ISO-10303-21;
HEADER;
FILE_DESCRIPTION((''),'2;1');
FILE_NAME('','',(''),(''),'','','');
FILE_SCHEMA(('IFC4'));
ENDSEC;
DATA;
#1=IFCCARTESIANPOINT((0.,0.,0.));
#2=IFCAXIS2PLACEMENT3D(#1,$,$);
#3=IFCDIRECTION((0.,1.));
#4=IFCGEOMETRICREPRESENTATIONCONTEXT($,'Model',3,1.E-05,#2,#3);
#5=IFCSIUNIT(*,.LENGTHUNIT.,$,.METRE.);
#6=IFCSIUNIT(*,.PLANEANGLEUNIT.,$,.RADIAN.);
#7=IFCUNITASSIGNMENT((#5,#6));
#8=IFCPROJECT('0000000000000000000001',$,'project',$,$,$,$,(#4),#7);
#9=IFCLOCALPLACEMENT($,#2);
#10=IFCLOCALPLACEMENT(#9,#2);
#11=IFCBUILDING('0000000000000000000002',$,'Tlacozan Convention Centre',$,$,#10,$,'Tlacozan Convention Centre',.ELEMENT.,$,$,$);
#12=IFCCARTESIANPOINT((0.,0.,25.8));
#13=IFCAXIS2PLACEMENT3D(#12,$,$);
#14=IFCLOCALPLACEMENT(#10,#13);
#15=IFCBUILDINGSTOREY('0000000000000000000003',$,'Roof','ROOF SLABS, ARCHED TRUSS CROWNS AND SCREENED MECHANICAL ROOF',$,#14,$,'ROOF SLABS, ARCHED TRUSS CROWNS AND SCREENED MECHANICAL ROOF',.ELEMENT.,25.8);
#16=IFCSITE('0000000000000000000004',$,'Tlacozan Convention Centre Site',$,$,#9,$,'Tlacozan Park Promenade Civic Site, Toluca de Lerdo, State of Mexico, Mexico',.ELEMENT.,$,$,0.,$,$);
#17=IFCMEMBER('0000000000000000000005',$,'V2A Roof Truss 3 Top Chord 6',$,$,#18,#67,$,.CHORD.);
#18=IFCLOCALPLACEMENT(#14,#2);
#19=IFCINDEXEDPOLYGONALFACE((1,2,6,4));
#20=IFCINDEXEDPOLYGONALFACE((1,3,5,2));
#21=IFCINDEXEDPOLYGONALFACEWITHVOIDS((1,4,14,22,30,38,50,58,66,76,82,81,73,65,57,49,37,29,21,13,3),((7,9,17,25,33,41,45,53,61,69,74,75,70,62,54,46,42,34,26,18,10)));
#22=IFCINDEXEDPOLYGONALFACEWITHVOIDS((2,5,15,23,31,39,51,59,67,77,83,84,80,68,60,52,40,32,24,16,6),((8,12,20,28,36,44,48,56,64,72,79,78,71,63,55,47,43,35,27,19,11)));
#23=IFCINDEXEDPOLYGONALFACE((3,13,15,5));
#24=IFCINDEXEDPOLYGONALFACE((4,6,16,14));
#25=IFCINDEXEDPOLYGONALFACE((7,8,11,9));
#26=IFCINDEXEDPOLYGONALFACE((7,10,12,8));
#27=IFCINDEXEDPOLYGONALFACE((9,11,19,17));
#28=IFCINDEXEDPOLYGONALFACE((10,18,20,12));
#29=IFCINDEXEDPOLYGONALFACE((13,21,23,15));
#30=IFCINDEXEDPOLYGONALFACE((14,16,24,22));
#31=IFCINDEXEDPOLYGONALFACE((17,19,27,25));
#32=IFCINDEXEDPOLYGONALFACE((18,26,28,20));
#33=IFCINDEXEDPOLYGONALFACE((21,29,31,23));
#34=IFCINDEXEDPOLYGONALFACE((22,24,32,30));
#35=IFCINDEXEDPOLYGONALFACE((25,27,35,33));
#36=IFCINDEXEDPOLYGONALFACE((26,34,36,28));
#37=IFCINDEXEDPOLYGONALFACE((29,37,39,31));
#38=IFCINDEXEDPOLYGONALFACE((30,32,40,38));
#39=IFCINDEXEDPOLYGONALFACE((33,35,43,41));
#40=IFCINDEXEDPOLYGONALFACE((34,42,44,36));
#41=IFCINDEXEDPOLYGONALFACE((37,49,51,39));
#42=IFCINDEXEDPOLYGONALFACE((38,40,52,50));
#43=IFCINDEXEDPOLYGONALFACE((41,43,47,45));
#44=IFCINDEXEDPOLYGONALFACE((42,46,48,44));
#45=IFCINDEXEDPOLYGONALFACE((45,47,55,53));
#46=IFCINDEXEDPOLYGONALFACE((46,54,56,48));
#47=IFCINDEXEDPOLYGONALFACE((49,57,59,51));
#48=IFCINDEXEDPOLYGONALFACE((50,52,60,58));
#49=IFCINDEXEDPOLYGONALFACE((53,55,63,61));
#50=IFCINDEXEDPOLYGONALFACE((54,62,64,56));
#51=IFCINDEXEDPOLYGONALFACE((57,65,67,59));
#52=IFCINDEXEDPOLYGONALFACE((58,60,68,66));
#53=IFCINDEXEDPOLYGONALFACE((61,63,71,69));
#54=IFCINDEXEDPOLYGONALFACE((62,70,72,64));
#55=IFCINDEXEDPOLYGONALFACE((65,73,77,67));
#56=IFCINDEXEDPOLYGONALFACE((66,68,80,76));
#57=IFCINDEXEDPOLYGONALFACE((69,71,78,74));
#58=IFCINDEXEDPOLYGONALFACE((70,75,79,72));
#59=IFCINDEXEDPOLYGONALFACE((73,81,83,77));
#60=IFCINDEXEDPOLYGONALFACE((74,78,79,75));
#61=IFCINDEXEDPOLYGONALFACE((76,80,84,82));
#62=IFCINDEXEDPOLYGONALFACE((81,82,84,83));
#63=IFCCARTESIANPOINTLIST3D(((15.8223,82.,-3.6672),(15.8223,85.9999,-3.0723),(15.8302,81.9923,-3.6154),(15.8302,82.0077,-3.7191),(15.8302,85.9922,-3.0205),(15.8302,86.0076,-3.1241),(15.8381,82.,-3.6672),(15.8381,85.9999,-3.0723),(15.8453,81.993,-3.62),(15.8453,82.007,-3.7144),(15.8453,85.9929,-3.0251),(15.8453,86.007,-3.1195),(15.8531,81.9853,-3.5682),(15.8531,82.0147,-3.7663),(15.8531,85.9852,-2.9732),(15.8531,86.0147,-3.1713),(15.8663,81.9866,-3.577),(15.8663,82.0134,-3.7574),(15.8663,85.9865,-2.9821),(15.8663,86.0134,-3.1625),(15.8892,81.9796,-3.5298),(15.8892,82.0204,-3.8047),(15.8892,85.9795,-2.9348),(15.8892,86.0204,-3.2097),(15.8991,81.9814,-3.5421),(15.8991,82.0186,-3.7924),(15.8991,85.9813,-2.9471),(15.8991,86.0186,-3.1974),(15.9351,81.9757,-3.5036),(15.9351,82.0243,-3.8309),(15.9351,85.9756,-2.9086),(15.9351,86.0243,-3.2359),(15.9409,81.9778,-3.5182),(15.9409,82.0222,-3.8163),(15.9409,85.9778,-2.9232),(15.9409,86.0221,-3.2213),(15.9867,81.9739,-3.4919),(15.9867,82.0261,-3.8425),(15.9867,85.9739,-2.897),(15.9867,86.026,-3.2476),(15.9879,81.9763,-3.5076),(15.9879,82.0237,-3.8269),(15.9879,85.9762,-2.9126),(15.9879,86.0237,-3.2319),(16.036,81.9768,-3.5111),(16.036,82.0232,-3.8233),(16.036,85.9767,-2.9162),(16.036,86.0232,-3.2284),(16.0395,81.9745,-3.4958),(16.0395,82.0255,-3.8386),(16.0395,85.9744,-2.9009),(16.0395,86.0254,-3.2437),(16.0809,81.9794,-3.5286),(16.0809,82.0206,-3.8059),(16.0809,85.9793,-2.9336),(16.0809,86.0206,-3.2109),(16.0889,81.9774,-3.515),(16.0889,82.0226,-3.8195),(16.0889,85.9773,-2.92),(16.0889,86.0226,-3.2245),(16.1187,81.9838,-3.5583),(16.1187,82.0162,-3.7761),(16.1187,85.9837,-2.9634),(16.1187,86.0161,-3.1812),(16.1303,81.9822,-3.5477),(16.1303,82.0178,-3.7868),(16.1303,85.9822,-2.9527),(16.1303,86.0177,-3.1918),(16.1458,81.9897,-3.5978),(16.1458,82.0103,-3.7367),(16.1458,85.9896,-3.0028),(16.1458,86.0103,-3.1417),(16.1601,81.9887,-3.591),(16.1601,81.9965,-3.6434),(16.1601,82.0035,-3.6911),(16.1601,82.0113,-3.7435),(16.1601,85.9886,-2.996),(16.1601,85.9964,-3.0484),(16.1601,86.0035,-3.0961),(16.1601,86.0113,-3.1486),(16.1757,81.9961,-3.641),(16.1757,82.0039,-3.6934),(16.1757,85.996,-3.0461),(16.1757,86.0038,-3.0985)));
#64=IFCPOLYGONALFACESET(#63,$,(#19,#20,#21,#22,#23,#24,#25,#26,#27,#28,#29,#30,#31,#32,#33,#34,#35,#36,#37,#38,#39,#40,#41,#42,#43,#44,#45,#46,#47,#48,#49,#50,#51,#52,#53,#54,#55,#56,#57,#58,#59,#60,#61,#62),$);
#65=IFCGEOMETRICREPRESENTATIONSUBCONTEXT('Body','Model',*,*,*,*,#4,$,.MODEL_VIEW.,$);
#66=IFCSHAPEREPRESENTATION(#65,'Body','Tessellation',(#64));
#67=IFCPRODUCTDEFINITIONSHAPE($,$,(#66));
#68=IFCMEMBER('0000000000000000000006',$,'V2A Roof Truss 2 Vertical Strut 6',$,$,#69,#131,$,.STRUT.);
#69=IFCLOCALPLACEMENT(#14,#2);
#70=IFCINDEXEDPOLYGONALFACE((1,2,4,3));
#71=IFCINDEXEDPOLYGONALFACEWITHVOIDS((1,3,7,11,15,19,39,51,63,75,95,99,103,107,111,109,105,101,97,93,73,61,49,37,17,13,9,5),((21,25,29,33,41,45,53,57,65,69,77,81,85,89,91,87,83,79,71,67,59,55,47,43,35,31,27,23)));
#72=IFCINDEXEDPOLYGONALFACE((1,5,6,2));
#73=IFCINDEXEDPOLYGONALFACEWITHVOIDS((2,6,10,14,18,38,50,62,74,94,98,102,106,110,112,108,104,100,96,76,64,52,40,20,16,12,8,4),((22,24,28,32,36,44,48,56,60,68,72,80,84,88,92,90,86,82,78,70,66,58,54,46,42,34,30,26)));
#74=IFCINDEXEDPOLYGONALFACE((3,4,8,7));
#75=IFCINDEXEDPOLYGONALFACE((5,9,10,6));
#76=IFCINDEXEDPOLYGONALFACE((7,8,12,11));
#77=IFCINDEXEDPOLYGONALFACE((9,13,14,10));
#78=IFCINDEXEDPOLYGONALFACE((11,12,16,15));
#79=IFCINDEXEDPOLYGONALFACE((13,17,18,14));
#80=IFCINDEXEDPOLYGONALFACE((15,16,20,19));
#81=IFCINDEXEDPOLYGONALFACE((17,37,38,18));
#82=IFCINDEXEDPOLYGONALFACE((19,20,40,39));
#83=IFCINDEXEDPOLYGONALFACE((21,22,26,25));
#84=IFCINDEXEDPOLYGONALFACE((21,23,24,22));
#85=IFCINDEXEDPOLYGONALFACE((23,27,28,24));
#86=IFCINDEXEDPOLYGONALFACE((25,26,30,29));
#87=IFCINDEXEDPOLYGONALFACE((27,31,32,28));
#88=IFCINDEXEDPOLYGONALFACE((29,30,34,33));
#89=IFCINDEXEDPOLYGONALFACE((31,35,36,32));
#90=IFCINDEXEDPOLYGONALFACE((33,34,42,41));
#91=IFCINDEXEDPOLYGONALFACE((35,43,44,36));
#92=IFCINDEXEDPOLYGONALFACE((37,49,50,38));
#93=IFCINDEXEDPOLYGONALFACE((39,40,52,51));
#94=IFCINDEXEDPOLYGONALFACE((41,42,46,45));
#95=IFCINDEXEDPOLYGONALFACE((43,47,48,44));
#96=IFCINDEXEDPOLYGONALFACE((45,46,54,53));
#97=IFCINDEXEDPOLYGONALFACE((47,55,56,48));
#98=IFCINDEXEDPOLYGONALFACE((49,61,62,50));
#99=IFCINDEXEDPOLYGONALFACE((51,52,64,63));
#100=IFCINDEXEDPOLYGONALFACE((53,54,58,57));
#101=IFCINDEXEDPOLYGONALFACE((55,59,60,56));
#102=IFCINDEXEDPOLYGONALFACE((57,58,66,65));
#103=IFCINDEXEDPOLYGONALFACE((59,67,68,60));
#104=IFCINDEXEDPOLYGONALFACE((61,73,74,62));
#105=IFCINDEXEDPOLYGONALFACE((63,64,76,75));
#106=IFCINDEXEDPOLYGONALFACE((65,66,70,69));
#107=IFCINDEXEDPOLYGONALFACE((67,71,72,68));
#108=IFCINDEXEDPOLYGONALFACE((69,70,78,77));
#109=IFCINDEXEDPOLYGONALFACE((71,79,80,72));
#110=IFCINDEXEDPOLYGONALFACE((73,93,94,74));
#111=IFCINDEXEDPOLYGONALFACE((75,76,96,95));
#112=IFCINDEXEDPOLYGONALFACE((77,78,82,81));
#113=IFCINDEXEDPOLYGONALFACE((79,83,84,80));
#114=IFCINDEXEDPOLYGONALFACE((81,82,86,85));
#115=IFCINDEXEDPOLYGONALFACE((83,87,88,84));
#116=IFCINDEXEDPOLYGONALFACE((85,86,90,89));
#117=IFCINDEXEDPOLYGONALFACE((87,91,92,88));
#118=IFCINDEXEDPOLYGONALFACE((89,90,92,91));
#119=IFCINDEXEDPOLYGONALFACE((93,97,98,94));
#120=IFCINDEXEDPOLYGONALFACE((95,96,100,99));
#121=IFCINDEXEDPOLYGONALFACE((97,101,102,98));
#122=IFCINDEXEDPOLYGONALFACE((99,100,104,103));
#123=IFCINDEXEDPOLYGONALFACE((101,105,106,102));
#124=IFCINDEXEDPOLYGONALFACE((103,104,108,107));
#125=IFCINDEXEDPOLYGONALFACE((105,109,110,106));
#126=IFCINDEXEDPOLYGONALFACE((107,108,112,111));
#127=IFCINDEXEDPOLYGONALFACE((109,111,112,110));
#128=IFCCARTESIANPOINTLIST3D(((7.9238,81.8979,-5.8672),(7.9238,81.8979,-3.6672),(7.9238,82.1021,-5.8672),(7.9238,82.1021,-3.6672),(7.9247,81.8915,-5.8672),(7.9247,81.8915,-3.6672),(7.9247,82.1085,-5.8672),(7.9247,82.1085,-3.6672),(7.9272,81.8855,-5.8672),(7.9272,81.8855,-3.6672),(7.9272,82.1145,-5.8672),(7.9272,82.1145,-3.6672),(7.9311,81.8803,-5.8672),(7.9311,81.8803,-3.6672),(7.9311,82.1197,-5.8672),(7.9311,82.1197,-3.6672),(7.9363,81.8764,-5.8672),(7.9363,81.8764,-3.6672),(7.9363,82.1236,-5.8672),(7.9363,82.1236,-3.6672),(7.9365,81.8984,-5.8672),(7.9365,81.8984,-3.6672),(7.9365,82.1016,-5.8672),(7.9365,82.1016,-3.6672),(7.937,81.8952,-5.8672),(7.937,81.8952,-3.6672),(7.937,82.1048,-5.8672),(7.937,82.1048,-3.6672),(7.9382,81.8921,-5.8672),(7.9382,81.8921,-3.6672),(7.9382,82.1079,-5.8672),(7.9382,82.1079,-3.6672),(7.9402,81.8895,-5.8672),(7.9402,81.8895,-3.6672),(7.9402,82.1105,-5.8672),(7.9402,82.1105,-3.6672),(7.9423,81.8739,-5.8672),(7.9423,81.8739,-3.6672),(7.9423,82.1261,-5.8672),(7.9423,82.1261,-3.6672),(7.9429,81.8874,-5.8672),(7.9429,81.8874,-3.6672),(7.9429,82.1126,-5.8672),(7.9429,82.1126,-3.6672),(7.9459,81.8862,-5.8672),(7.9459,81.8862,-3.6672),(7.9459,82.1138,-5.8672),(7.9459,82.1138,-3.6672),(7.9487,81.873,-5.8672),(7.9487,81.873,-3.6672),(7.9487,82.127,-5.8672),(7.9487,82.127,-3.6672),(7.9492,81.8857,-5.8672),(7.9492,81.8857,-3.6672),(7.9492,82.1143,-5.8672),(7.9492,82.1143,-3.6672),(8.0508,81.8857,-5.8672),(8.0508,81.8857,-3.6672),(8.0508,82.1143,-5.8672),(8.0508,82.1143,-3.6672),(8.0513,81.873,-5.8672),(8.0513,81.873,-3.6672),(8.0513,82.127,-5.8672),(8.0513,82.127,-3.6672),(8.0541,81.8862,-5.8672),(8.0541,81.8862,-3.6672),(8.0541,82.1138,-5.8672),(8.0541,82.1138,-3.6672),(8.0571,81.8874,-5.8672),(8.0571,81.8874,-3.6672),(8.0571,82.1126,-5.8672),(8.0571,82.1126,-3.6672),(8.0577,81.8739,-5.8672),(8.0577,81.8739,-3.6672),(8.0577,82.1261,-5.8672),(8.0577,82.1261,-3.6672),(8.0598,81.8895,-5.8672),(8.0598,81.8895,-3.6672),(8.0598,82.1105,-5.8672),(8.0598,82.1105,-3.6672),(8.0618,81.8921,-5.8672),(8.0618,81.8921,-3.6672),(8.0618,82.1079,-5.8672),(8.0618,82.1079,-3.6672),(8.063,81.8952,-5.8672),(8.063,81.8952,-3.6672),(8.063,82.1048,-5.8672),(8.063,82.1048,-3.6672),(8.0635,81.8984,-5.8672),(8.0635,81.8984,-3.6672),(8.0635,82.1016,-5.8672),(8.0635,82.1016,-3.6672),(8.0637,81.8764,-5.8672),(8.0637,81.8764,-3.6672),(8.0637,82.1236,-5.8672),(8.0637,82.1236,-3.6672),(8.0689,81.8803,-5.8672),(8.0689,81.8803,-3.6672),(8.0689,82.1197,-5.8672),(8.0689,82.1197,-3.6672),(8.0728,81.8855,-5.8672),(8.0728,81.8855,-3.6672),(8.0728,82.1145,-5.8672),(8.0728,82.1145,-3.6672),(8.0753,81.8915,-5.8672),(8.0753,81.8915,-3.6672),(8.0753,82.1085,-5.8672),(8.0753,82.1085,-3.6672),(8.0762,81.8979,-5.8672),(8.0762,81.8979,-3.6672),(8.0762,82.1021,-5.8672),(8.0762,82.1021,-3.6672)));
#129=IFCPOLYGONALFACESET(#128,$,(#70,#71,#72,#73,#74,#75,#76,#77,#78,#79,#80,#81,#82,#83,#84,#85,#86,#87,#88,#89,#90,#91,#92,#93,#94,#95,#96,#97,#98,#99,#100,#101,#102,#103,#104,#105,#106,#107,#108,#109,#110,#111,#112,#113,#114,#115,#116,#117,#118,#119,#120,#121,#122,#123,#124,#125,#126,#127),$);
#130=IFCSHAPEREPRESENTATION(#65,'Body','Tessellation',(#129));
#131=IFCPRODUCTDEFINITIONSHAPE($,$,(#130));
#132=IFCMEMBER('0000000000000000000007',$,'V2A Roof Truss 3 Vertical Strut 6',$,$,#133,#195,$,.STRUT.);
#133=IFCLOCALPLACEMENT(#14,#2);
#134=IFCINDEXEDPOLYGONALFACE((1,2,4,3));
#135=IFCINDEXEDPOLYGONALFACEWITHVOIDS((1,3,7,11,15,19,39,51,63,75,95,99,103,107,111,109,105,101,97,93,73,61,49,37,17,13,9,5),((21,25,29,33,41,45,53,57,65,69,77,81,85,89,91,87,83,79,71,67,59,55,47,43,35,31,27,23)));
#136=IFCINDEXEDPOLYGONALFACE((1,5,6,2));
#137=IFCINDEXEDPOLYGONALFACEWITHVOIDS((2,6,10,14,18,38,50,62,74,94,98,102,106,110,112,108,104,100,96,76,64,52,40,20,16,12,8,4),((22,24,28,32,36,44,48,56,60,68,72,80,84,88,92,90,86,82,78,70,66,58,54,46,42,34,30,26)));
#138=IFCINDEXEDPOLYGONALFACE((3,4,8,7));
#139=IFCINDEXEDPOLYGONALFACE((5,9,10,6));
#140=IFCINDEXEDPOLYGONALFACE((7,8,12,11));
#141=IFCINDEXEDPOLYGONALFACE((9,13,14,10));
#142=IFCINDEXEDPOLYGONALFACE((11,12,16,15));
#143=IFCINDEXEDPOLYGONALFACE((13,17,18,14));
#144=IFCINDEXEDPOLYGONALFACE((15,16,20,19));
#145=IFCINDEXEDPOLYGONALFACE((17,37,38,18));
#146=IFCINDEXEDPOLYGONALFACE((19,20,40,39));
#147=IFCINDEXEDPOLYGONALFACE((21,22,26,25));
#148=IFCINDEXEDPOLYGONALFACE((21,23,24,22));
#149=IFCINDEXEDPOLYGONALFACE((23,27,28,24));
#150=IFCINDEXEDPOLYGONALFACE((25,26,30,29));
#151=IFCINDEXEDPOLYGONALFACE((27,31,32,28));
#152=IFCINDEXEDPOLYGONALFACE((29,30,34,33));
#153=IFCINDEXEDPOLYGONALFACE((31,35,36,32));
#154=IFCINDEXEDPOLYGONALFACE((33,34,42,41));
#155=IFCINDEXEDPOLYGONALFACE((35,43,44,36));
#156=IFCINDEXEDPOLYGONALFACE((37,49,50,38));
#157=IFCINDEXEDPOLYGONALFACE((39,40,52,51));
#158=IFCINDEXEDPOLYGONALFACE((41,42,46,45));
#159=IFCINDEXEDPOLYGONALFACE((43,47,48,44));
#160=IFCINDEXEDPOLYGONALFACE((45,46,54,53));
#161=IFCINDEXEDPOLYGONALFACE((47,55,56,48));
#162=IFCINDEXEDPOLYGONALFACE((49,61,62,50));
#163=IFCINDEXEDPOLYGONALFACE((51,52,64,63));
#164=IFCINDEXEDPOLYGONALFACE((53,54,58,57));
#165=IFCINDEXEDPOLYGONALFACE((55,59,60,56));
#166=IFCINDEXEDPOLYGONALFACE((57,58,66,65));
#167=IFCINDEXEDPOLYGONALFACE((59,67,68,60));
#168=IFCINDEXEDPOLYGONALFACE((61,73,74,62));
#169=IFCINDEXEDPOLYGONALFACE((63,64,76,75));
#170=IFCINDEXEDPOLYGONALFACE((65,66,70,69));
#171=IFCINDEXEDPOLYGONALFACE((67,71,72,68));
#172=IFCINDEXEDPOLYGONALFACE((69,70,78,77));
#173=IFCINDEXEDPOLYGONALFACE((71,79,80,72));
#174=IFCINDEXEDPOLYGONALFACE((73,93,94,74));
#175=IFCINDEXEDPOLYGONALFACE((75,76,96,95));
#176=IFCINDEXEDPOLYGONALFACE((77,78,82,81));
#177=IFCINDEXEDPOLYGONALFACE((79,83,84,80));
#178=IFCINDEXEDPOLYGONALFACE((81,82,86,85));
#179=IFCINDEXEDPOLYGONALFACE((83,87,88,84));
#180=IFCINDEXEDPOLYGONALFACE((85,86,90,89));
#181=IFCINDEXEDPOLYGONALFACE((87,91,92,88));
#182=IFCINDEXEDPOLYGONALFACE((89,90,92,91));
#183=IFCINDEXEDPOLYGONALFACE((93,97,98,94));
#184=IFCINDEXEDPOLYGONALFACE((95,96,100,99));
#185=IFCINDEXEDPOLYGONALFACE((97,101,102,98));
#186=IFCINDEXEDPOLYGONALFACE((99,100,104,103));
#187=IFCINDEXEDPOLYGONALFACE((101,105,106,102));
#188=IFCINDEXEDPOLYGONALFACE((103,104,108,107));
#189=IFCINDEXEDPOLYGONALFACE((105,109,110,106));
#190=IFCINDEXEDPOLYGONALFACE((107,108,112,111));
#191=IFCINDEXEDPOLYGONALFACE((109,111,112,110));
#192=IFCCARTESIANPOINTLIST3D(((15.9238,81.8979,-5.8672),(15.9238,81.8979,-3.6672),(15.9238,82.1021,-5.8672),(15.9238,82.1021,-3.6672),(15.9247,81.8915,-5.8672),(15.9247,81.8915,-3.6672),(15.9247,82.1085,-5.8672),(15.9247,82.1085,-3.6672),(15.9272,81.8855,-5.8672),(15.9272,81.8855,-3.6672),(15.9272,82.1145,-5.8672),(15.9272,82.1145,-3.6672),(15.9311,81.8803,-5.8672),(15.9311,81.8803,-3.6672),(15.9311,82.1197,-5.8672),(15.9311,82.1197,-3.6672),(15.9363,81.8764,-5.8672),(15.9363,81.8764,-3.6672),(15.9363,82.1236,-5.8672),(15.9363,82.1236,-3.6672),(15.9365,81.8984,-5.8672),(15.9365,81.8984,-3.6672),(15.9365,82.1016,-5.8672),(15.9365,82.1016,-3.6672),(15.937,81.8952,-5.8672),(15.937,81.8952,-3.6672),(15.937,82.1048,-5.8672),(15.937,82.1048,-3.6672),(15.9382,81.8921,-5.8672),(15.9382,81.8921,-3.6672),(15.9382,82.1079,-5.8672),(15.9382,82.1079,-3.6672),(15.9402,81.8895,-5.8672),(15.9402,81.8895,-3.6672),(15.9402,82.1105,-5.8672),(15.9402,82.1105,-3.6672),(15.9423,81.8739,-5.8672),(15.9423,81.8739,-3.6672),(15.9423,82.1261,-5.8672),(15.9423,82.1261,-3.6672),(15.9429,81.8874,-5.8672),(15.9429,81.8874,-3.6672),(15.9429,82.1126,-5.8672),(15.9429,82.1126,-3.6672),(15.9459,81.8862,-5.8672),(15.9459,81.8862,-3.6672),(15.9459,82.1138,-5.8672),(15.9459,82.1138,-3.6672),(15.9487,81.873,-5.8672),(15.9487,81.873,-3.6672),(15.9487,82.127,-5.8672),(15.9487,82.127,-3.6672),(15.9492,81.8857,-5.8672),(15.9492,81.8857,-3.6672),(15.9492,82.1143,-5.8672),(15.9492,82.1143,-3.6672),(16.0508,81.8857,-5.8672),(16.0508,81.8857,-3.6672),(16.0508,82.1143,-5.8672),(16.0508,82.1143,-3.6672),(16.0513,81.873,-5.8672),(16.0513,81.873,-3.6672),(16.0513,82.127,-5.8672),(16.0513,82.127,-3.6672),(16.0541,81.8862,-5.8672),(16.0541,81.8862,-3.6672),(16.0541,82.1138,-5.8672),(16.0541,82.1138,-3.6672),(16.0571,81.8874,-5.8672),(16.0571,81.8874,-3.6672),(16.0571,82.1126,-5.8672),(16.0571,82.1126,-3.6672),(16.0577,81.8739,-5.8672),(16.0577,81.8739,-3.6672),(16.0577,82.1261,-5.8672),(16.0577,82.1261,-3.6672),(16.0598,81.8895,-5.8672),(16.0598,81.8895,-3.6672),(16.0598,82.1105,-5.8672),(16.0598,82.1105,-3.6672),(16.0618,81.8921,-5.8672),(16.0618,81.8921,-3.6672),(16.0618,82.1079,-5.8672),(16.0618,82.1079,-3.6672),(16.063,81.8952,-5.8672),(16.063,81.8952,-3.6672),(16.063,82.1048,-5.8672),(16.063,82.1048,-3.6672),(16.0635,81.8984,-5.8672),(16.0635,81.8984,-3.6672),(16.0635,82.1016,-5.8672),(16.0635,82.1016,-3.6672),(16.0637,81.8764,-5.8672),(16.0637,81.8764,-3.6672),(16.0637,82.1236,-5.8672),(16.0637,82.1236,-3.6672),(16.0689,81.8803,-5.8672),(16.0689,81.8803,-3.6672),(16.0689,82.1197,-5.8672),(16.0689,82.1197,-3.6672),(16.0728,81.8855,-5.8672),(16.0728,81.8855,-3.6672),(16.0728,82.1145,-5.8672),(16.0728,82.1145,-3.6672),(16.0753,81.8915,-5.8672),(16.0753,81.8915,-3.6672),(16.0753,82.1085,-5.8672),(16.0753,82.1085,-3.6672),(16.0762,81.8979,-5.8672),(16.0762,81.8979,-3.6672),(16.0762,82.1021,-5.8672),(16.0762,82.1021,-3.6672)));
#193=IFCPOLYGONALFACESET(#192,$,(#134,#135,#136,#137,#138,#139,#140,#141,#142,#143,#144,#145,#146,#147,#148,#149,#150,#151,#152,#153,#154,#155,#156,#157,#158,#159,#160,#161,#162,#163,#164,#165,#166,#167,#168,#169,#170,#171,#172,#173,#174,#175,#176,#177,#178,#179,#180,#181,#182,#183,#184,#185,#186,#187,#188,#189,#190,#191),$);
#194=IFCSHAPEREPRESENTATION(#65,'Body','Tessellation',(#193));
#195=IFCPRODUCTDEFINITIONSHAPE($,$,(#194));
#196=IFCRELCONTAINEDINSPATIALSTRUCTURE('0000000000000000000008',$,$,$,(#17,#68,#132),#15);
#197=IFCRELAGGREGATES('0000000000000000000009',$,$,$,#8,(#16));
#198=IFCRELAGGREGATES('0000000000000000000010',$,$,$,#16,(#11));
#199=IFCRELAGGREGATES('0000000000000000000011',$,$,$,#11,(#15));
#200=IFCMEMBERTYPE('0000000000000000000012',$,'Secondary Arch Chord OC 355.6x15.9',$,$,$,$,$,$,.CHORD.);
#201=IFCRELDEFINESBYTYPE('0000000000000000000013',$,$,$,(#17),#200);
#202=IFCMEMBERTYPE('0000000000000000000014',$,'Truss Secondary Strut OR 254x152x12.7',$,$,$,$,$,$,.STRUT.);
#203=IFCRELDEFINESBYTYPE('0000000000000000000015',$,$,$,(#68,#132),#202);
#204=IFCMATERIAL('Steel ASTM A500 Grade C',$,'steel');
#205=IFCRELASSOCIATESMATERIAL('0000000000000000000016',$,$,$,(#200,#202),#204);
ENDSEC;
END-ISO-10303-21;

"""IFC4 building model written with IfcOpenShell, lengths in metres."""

from ifc_helpers import new_model, si_unit, direction, frame, origin, origin_2d, place, context, subcontext, project, spatial, hollow_rectangle, hollow_circle, extrude, material, material_profile, profile_set, type_object, element, save


model = new_model("IFC4")

# Units and contexts
model_context = context("Model", 3, precision=1e-05, world=origin(), true_north=direction((0.0, 1.0)))
body_context = subcontext(model_context, "Body", "Model", "MODEL_VIEW")
ifc_project = project(units=[si_unit("LENGTHUNIT", "METRE"), si_unit("PLANEANGLEUNIT", "RADIAN")], contexts=[model_context])

# Site, building, storey
site_placement = place(None, origin())
site = spatial("IfcSite", under=ifc_project, at=site_placement, Name="Tlacozan Convention Centre Site", LongName="Tlacozan Park Promenade Civic Site, Toluca de Lerdo, State of Mexico, Mexico", CompositionType="ELEMENT", RefElevation=0.0)
building_placement = place(site_placement, origin())
building = spatial("IfcBuilding", under=site, at=building_placement, Name="Tlacozan Convention Centre", LongName="Tlacozan Convention Centre", CompositionType="ELEMENT")
storey_placement = place(building_placement, frame((0.0, 0.0, 25.8)))
storey = spatial("IfcBuildingStorey", under=building, at=storey_placement, Name="Roof", Description="ROOF SLABS, ARCHED TRUSS CROWNS AND SCREENED MECHANICAL ROOF", LongName="ROOF SLABS, ARCHED TRUSS CROWNS AND SCREENED MECHANICAL ROOF", CompositionType="ELEMENT", Elevation=25.8)

# Members
ifc_material_1 = material(Name="Steel ASTM A500 Grade C", Category="steel")
ifc_material_profile_1 = material_profile(ifc_material_1, hollow_circle(Radius=0.1777, WallThickness=0.0159, at=origin_2d()), Name="OC 355.6x15.9")
ifc_profile_set_1 = profile_set([ifc_material_profile_1], Name="Steel ASTM A500 Grade C")
member_type_1 = type_object("IfcMemberType", Name="Secondary Arch Chord OC 355.6x15.9", PredefinedType="CHORD", material=ifc_profile_set_1)
member_1_placement = place(storey_placement, frame((16.0, 82.0, -3.6672), z_axis=(0.0, 0.989118, 0.147124), x_axis=(-1.0, 0.0, 0.0)))
element("IfcMember", 1, at=member_1_placement, inside=storey, type_object=member_type_1, Name="V2A Roof Truss 3 Top Chord 6", PredefinedType="CHORD", context=body_context, shape_type="SweptSolid", body=[
    extrude(hollow_circle(Radius=0.1777, WallThickness=0.0159, at=origin_2d()), origin(), (0.0, 0.0, 1.0), 4.0439),
])
ifc_material_profile_2 = material_profile(ifc_material_1, hollow_rectangle(XDim=0.1523, YDim=0.2539, WallThickness=0.0127, InnerFilletRadius=0.0127, OuterFilletRadius=0.0249, at=origin_2d()), Name="OR 254x152x12.7")
ifc_profile_set_2 = profile_set([ifc_material_profile_2], Name="Steel ASTM A500 Grade C")
member_type_2 = type_object("IfcMemberType", Name="Truss Secondary Strut OR 254x152x12.7", PredefinedType="STRUT", material=ifc_profile_set_2)
for number, where, z_axis, x_axis, name in (
    (2, (8.0, 82.0, -5.8672), (0.0, 0.0, 1.0), (1.0, 0.0, 0.0), "V2A Roof Truss 2 Vertical Strut 6"),
    (3, (16.0, 82.0, -5.8672), (0.0, 0.0, 1.0), (1.0, 0.0, 0.0), "V2A Roof Truss 3 Vertical Strut 6"),
):
    element("IfcMember", number, at=place(storey_placement, frame(where, z_axis=z_axis, x_axis=x_axis)), inside=storey, type_object=member_type_2, Name=name, PredefinedType="STRUT", context=body_context, shape_type="SweptSolid", body=[
        extrude(hollow_rectangle(XDim=0.1523, YDim=0.2539, WallThickness=0.0127, InnerFilletRadius=0.0127, OuterFilletRadius=0.0249, at=origin_2d()), origin(), (0.0, 0.0, 1.0), 2.2),
    ])

save(model, "model.ifc")
